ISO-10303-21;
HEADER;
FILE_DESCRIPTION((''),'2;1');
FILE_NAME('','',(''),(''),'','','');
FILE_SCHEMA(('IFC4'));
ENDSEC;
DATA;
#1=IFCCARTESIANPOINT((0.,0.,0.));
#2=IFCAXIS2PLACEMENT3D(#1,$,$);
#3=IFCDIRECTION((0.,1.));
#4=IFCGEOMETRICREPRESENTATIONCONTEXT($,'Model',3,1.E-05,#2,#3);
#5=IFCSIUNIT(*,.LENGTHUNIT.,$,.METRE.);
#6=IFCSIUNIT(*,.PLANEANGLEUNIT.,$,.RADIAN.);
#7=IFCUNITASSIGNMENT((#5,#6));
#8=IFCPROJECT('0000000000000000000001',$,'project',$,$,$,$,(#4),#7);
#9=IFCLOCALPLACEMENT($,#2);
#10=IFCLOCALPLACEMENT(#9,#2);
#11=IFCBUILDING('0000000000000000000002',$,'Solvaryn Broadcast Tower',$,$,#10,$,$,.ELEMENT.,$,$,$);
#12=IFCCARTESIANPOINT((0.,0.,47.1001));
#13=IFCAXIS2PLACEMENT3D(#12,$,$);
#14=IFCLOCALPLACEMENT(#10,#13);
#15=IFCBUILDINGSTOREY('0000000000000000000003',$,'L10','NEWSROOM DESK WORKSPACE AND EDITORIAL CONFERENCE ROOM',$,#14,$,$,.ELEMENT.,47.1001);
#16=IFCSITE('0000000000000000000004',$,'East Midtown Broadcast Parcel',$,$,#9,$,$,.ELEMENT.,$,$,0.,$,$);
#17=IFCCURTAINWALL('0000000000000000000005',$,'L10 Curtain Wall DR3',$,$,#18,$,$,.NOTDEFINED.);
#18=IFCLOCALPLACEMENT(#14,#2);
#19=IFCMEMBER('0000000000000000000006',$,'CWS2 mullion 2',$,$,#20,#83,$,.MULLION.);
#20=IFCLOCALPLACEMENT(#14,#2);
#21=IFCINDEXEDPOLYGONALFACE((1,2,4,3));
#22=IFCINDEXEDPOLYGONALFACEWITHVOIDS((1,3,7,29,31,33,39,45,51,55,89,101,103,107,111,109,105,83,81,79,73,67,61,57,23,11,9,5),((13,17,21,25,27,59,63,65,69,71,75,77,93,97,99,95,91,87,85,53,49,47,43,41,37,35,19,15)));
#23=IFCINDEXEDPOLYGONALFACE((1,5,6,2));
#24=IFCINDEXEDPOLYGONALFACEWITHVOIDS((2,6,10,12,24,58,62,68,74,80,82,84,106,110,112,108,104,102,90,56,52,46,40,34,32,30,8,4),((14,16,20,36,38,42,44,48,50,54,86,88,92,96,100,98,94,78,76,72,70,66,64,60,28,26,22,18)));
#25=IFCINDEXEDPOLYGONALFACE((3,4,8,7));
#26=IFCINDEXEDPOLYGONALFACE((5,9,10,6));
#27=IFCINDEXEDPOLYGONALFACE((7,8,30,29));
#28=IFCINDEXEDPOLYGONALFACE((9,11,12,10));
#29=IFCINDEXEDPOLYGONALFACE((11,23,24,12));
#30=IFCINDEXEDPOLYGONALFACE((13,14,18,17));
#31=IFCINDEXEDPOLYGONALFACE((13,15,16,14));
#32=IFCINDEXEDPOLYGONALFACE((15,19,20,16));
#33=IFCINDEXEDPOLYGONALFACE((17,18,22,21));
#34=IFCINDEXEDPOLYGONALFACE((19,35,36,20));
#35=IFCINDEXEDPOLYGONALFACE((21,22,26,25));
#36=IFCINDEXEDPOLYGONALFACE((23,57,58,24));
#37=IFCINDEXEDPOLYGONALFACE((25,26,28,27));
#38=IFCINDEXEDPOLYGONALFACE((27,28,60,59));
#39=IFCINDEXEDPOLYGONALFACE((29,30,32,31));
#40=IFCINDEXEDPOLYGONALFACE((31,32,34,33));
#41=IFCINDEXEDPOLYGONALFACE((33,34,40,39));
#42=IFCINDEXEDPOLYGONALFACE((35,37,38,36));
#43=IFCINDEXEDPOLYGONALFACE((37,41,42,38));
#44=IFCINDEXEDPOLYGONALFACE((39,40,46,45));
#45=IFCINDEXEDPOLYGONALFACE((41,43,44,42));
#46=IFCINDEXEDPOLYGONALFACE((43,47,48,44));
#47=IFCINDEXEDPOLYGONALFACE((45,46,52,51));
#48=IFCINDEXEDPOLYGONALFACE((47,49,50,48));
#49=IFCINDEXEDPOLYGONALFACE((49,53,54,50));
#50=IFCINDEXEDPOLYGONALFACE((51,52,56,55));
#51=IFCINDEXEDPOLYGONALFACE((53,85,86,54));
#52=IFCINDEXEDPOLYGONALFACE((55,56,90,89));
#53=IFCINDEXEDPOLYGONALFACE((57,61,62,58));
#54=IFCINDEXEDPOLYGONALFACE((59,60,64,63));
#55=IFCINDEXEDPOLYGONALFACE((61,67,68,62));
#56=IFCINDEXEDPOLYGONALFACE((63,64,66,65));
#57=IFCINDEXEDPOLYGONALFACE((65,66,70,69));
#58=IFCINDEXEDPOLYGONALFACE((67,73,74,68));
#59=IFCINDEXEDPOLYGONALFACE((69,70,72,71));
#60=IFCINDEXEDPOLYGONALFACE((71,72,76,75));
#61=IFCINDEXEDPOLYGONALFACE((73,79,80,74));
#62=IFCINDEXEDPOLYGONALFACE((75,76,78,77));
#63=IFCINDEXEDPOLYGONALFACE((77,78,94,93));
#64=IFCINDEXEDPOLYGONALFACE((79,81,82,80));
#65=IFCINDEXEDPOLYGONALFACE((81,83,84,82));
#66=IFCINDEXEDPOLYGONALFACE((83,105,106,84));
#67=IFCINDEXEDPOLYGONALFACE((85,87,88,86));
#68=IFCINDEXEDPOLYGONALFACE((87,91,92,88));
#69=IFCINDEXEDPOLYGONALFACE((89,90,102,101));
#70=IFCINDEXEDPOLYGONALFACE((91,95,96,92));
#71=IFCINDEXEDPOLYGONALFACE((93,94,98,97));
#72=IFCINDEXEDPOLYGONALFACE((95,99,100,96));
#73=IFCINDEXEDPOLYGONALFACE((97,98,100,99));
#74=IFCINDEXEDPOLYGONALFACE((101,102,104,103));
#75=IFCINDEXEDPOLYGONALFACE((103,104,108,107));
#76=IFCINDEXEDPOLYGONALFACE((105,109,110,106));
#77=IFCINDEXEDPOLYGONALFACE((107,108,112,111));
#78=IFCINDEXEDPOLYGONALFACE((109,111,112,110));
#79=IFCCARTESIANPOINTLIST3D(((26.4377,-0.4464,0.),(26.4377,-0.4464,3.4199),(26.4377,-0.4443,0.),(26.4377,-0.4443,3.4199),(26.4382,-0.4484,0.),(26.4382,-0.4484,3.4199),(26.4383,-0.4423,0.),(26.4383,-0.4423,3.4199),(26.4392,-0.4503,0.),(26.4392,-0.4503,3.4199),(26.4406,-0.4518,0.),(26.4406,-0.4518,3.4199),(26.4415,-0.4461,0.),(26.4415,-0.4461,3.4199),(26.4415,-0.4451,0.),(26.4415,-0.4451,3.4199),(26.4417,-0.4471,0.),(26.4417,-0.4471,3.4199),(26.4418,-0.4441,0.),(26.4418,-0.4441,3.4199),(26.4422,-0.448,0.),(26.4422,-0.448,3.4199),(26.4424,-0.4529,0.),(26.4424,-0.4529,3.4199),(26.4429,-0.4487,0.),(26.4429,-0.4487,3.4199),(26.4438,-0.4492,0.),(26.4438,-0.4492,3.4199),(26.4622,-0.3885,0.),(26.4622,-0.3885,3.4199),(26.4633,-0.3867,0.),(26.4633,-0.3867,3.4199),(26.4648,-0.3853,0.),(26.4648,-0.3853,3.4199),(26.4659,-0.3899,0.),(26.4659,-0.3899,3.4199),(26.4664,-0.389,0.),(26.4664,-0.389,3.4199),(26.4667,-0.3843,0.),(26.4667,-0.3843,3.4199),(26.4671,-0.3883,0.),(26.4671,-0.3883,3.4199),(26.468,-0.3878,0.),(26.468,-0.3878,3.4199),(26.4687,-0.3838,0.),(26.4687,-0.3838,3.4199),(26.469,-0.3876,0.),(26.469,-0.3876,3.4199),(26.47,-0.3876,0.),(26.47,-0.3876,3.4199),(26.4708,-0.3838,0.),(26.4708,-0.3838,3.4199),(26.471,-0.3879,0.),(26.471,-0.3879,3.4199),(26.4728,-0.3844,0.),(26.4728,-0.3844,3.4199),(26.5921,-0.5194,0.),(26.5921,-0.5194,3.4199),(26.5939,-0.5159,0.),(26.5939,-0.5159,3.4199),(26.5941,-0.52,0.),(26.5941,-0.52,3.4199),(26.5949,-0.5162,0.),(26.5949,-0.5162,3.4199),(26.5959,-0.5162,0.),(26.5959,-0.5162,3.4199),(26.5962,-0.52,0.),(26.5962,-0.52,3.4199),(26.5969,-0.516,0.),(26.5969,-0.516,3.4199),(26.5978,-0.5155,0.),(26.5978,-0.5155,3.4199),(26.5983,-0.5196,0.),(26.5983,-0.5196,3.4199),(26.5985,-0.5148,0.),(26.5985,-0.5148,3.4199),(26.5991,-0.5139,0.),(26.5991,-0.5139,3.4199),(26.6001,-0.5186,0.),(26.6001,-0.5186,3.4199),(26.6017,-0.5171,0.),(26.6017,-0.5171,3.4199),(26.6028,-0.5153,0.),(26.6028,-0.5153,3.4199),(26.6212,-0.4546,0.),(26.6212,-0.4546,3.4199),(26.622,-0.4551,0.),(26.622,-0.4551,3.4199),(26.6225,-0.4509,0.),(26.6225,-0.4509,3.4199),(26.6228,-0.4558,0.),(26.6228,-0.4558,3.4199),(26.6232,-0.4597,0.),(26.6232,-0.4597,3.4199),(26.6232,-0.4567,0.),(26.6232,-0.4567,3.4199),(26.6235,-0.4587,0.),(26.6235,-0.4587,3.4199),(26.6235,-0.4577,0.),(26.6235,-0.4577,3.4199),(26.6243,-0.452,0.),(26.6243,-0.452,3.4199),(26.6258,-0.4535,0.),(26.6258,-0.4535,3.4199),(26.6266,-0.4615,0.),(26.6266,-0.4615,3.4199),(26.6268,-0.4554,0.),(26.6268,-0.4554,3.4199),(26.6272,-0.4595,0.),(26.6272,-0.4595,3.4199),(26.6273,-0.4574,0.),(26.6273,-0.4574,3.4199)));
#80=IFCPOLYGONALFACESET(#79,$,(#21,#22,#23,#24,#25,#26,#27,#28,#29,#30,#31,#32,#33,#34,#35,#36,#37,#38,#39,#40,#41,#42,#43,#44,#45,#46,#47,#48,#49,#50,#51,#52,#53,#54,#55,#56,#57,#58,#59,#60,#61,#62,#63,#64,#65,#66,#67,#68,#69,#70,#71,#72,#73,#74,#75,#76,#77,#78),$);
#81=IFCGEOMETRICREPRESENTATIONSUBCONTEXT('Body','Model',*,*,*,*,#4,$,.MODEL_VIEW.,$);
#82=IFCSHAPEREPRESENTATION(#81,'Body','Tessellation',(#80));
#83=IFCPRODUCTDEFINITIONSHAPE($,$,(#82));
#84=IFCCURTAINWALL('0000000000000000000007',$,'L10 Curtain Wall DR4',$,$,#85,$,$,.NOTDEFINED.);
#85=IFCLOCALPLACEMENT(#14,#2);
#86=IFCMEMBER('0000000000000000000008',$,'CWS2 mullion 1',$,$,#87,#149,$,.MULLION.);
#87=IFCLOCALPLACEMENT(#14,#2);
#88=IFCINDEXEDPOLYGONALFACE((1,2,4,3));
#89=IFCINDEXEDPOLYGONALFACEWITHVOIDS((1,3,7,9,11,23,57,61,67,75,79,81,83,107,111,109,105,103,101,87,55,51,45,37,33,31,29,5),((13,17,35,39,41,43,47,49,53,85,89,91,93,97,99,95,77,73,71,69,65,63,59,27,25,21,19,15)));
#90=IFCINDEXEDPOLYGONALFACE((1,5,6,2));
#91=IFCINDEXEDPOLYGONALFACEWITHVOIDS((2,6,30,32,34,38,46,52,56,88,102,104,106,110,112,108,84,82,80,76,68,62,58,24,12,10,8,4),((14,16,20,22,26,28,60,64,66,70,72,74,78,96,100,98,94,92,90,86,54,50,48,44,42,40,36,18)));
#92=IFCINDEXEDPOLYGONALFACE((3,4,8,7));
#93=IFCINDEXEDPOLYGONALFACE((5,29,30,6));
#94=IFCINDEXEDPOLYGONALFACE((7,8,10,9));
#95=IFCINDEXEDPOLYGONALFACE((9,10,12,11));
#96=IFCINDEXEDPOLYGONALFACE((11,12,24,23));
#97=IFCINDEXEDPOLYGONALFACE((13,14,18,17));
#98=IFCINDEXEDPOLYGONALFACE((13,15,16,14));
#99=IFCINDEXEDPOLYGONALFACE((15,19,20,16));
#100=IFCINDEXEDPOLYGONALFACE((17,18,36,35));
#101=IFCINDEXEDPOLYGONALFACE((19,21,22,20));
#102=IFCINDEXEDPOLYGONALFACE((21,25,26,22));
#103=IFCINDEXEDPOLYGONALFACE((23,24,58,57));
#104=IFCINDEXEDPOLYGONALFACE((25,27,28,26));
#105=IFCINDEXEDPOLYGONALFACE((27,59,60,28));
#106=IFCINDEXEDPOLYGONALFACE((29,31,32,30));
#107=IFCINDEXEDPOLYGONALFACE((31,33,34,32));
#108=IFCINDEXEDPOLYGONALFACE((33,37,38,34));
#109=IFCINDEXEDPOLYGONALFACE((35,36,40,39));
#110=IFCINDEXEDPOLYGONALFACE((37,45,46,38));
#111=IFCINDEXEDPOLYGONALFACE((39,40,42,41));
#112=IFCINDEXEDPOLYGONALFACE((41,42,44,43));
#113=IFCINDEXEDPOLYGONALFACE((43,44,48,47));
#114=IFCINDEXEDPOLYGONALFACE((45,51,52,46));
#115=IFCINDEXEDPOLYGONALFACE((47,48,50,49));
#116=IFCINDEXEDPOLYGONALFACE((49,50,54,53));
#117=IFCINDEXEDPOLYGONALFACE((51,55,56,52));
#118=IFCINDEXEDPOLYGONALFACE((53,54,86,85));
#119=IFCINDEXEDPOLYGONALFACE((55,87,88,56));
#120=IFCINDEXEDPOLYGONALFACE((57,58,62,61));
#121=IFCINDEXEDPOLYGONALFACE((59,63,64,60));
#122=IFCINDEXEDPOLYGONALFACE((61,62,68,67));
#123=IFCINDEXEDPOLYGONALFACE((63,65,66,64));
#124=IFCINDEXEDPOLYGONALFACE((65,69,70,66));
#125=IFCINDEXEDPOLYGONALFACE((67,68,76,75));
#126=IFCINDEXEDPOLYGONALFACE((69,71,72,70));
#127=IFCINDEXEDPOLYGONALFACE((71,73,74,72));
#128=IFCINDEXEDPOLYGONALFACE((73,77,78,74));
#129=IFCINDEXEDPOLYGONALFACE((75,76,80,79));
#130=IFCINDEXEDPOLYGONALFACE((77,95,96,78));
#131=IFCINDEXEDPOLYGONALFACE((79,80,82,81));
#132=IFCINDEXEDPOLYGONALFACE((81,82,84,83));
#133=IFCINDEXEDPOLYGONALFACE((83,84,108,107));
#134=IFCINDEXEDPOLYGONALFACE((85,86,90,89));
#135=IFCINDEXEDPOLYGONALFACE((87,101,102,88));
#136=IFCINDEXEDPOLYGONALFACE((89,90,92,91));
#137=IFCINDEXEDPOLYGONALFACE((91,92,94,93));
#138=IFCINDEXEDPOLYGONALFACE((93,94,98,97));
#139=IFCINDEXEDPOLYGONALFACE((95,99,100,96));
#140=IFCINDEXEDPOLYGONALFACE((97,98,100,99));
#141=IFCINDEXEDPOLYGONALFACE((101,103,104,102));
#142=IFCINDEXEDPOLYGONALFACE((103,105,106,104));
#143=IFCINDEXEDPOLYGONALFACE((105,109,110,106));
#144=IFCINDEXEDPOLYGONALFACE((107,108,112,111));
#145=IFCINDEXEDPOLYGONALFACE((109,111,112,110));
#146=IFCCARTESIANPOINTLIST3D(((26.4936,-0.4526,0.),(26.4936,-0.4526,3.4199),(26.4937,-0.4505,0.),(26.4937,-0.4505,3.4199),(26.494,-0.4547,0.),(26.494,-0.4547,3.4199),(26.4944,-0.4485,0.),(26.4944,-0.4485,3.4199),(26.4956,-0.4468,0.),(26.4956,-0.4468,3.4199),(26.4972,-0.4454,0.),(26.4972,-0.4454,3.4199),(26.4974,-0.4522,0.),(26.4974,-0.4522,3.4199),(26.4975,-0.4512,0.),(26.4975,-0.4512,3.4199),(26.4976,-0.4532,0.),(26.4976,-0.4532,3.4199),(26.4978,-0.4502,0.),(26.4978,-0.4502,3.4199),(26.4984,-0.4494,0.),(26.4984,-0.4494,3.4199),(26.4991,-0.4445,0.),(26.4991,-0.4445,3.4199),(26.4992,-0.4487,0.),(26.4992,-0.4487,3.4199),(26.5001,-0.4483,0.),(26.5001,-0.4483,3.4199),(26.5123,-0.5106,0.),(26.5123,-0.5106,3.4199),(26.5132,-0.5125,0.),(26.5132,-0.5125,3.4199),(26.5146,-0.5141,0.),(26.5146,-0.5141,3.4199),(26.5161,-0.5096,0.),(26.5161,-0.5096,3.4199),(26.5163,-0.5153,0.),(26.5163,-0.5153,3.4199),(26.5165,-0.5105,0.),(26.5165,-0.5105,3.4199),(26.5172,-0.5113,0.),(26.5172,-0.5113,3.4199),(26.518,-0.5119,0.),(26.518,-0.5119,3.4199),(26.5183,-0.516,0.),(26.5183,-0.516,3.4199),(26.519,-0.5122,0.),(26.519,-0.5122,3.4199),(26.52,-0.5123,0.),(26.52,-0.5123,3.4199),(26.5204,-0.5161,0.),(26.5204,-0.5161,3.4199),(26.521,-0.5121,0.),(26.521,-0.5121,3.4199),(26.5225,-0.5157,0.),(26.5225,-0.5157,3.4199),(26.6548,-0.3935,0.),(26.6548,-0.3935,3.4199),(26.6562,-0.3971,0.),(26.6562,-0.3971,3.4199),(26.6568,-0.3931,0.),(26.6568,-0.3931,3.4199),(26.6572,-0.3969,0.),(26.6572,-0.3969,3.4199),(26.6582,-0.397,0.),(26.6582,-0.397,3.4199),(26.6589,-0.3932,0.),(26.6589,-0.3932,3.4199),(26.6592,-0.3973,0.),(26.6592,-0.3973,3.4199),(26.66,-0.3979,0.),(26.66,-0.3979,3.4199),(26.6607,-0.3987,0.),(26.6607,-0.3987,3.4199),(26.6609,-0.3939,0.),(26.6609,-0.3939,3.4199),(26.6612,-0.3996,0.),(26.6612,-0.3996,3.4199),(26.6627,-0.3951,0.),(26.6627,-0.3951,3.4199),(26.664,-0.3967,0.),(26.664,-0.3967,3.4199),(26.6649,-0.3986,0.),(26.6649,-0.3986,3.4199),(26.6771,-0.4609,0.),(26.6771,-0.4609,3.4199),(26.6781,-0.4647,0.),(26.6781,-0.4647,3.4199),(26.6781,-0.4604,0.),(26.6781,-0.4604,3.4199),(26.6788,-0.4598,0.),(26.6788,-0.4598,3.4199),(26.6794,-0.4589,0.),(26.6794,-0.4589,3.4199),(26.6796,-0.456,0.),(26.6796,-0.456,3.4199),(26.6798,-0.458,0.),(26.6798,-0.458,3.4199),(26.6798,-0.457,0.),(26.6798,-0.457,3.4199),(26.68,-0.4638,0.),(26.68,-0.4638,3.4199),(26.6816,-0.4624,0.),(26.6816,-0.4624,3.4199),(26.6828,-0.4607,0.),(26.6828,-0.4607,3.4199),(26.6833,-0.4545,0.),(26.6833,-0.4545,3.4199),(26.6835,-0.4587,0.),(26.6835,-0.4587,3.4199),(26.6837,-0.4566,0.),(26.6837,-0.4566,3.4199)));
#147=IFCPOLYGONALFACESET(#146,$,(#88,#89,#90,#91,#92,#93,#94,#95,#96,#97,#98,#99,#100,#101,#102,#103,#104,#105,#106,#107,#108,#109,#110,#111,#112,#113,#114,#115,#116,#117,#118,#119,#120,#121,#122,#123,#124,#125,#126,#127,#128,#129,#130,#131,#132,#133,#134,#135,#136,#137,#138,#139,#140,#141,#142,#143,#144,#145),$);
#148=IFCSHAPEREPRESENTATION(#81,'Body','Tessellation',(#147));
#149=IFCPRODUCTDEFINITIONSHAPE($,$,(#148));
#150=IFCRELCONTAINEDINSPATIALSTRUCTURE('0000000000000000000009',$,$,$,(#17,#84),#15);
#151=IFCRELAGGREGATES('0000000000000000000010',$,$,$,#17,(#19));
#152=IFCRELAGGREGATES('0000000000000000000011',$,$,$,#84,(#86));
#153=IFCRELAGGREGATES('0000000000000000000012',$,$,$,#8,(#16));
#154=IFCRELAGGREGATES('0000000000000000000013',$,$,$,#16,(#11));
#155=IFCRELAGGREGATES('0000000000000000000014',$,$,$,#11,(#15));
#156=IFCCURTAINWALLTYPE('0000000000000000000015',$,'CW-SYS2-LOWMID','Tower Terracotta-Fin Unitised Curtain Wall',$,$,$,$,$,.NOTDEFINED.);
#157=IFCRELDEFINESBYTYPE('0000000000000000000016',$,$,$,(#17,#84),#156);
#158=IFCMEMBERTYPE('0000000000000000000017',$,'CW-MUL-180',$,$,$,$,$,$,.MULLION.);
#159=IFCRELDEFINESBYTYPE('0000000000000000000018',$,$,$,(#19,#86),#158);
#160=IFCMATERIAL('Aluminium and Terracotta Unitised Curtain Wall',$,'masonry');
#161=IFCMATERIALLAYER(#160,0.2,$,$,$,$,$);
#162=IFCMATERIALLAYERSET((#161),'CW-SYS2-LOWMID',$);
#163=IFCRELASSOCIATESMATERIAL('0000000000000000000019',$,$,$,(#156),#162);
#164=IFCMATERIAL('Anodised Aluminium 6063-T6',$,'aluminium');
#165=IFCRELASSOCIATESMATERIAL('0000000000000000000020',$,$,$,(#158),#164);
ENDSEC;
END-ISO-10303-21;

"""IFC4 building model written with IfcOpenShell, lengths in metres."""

from ifc_helpers import new_model, si_unit, direction, frame, origin, origin_2d, place, context, subcontext, project, spatial, hollow_rectangle, extrude, material, layer, layer_set, material_profile, profile_set, type_object, element, aggregate, save


model = new_model("IFC4")

# Units and contexts
model_context = context("Model", 3, precision=1e-05, world=origin(), true_north=direction((0.0, 1.0)))
body_context = subcontext(model_context, "Body", "Model", "MODEL_VIEW")
ifc_project = project(units=[si_unit("LENGTHUNIT", "METRE"), si_unit("PLANEANGLEUNIT", "RADIAN")], contexts=[model_context])

# Site, building, storey
site_placement = place(None, origin())
site = spatial("IfcSite", under=ifc_project, at=site_placement, Name="East Midtown Broadcast Parcel", CompositionType="ELEMENT", RefElevation=0.0)
building_placement = place(site_placement, origin())
building = spatial("IfcBuilding", under=site, at=building_placement, Name="Solvaryn Broadcast Tower", CompositionType="ELEMENT")
storey_placement = place(building_placement, frame((0.0, 0.0, 47.1001)))
storey = spatial("IfcBuildingStorey", under=building, at=storey_placement, Name="L10", Description="NEWSROOM DESK WORKSPACE AND EDITORIAL CONFERENCE ROOM", CompositionType="ELEMENT", Elevation=47.1001)

# Curtain wall, member
ifc_material_1 = material(Name="Aluminium and Terracotta Unitised Curtain Wall", Category="masonry")
ifc_layer_1 = layer(ifc_material_1, 0.2)
ifc_layer_set_1 = layer_set([ifc_layer_1], Name="CW-SYS2-LOWMID")
curtain_wall_type = type_object("IfcCurtainWallType", Name="CW-SYS2-LOWMID", Description="Tower Terracotta-Fin Unitised Curtain Wall", PredefinedType="NOTDEFINED", material=ifc_layer_set_1)
curtain_wall_1_placement = place(storey_placement, origin())
curtain_wall_1 = element("IfcCurtainWall", 1, at=curtain_wall_1_placement, inside=storey, type_object=curtain_wall_type, Name="L10 Curtain Wall DR3", PredefinedType="NOTDEFINED")
ifc_material_2 = material(Name="Anodised Aluminium 6063-T6", Category="aluminium")
ifc_material_profile_1 = material_profile(ifc_material_2, hollow_rectangle(XDim=0.075, YDim=0.1799, WallThickness=0.0039, InnerFilletRadius=0.0039, OuterFilletRadius=0.0081, at=origin_2d()))
ifc_profile_set_1 = profile_set([ifc_material_profile_1], Name="Anodised Aluminium 6063-T6")
member_type_1 = type_object("IfcMemberType", Name="CW-MUL-180", PredefinedType="MULLION", material=ifc_profile_set_1)
member_1_placement = place(storey_placement, frame((26.5325, -0.4519, 0.0), z_axis=(0.0, 0.0, 1.0), x_axis=(0.405898, 0.913918, 0.0)))
member_1 = element("IfcMember", 2, at=member_1_placement, type_object=member_type_1, Name="CWS2 mullion 2", PredefinedType="MULLION", context=body_context, shape_type="SweptSolid", body=[
    extrude(hollow_rectangle(XDim=0.075, YDim=0.1799, WallThickness=0.0039, InnerFilletRadius=0.0039, OuterFilletRadius=0.0081, at=origin_2d()), origin(), (0.0, 0.0, 1.0), 3.4199),
])
aggregate(curtain_wall_1, [member_1])

# Curtain wall, member
curtain_wall_2_placement = place(storey_placement, origin())
curtain_wall_2 = element("IfcCurtainWall", 3, at=curtain_wall_2_placement, inside=storey, type_object=curtain_wall_type, Name="L10 Curtain Wall DR4", PredefinedType="NOTDEFINED")
member_2_placement = place(storey_placement, frame((26.5886, -0.4546, 0.0), z_axis=(0.0, 0.0, 1.0), x_axis=(-0.311594, 0.950215, 0.0)))
member_2 = element("IfcMember", 4, at=member_2_placement, type_object=member_type_1, Name="CWS2 mullion 1", PredefinedType="MULLION", context=body_context, shape_type="SweptSolid", body=[
    extrude(hollow_rectangle(XDim=0.075, YDim=0.1799, WallThickness=0.0039, InnerFilletRadius=0.0039, OuterFilletRadius=0.0081, at=origin_2d()), origin(), (0.0, 0.0, 1.0), 3.4199),
])
aggregate(curtain_wall_2, [member_2])

save(model, "model.ifc")
